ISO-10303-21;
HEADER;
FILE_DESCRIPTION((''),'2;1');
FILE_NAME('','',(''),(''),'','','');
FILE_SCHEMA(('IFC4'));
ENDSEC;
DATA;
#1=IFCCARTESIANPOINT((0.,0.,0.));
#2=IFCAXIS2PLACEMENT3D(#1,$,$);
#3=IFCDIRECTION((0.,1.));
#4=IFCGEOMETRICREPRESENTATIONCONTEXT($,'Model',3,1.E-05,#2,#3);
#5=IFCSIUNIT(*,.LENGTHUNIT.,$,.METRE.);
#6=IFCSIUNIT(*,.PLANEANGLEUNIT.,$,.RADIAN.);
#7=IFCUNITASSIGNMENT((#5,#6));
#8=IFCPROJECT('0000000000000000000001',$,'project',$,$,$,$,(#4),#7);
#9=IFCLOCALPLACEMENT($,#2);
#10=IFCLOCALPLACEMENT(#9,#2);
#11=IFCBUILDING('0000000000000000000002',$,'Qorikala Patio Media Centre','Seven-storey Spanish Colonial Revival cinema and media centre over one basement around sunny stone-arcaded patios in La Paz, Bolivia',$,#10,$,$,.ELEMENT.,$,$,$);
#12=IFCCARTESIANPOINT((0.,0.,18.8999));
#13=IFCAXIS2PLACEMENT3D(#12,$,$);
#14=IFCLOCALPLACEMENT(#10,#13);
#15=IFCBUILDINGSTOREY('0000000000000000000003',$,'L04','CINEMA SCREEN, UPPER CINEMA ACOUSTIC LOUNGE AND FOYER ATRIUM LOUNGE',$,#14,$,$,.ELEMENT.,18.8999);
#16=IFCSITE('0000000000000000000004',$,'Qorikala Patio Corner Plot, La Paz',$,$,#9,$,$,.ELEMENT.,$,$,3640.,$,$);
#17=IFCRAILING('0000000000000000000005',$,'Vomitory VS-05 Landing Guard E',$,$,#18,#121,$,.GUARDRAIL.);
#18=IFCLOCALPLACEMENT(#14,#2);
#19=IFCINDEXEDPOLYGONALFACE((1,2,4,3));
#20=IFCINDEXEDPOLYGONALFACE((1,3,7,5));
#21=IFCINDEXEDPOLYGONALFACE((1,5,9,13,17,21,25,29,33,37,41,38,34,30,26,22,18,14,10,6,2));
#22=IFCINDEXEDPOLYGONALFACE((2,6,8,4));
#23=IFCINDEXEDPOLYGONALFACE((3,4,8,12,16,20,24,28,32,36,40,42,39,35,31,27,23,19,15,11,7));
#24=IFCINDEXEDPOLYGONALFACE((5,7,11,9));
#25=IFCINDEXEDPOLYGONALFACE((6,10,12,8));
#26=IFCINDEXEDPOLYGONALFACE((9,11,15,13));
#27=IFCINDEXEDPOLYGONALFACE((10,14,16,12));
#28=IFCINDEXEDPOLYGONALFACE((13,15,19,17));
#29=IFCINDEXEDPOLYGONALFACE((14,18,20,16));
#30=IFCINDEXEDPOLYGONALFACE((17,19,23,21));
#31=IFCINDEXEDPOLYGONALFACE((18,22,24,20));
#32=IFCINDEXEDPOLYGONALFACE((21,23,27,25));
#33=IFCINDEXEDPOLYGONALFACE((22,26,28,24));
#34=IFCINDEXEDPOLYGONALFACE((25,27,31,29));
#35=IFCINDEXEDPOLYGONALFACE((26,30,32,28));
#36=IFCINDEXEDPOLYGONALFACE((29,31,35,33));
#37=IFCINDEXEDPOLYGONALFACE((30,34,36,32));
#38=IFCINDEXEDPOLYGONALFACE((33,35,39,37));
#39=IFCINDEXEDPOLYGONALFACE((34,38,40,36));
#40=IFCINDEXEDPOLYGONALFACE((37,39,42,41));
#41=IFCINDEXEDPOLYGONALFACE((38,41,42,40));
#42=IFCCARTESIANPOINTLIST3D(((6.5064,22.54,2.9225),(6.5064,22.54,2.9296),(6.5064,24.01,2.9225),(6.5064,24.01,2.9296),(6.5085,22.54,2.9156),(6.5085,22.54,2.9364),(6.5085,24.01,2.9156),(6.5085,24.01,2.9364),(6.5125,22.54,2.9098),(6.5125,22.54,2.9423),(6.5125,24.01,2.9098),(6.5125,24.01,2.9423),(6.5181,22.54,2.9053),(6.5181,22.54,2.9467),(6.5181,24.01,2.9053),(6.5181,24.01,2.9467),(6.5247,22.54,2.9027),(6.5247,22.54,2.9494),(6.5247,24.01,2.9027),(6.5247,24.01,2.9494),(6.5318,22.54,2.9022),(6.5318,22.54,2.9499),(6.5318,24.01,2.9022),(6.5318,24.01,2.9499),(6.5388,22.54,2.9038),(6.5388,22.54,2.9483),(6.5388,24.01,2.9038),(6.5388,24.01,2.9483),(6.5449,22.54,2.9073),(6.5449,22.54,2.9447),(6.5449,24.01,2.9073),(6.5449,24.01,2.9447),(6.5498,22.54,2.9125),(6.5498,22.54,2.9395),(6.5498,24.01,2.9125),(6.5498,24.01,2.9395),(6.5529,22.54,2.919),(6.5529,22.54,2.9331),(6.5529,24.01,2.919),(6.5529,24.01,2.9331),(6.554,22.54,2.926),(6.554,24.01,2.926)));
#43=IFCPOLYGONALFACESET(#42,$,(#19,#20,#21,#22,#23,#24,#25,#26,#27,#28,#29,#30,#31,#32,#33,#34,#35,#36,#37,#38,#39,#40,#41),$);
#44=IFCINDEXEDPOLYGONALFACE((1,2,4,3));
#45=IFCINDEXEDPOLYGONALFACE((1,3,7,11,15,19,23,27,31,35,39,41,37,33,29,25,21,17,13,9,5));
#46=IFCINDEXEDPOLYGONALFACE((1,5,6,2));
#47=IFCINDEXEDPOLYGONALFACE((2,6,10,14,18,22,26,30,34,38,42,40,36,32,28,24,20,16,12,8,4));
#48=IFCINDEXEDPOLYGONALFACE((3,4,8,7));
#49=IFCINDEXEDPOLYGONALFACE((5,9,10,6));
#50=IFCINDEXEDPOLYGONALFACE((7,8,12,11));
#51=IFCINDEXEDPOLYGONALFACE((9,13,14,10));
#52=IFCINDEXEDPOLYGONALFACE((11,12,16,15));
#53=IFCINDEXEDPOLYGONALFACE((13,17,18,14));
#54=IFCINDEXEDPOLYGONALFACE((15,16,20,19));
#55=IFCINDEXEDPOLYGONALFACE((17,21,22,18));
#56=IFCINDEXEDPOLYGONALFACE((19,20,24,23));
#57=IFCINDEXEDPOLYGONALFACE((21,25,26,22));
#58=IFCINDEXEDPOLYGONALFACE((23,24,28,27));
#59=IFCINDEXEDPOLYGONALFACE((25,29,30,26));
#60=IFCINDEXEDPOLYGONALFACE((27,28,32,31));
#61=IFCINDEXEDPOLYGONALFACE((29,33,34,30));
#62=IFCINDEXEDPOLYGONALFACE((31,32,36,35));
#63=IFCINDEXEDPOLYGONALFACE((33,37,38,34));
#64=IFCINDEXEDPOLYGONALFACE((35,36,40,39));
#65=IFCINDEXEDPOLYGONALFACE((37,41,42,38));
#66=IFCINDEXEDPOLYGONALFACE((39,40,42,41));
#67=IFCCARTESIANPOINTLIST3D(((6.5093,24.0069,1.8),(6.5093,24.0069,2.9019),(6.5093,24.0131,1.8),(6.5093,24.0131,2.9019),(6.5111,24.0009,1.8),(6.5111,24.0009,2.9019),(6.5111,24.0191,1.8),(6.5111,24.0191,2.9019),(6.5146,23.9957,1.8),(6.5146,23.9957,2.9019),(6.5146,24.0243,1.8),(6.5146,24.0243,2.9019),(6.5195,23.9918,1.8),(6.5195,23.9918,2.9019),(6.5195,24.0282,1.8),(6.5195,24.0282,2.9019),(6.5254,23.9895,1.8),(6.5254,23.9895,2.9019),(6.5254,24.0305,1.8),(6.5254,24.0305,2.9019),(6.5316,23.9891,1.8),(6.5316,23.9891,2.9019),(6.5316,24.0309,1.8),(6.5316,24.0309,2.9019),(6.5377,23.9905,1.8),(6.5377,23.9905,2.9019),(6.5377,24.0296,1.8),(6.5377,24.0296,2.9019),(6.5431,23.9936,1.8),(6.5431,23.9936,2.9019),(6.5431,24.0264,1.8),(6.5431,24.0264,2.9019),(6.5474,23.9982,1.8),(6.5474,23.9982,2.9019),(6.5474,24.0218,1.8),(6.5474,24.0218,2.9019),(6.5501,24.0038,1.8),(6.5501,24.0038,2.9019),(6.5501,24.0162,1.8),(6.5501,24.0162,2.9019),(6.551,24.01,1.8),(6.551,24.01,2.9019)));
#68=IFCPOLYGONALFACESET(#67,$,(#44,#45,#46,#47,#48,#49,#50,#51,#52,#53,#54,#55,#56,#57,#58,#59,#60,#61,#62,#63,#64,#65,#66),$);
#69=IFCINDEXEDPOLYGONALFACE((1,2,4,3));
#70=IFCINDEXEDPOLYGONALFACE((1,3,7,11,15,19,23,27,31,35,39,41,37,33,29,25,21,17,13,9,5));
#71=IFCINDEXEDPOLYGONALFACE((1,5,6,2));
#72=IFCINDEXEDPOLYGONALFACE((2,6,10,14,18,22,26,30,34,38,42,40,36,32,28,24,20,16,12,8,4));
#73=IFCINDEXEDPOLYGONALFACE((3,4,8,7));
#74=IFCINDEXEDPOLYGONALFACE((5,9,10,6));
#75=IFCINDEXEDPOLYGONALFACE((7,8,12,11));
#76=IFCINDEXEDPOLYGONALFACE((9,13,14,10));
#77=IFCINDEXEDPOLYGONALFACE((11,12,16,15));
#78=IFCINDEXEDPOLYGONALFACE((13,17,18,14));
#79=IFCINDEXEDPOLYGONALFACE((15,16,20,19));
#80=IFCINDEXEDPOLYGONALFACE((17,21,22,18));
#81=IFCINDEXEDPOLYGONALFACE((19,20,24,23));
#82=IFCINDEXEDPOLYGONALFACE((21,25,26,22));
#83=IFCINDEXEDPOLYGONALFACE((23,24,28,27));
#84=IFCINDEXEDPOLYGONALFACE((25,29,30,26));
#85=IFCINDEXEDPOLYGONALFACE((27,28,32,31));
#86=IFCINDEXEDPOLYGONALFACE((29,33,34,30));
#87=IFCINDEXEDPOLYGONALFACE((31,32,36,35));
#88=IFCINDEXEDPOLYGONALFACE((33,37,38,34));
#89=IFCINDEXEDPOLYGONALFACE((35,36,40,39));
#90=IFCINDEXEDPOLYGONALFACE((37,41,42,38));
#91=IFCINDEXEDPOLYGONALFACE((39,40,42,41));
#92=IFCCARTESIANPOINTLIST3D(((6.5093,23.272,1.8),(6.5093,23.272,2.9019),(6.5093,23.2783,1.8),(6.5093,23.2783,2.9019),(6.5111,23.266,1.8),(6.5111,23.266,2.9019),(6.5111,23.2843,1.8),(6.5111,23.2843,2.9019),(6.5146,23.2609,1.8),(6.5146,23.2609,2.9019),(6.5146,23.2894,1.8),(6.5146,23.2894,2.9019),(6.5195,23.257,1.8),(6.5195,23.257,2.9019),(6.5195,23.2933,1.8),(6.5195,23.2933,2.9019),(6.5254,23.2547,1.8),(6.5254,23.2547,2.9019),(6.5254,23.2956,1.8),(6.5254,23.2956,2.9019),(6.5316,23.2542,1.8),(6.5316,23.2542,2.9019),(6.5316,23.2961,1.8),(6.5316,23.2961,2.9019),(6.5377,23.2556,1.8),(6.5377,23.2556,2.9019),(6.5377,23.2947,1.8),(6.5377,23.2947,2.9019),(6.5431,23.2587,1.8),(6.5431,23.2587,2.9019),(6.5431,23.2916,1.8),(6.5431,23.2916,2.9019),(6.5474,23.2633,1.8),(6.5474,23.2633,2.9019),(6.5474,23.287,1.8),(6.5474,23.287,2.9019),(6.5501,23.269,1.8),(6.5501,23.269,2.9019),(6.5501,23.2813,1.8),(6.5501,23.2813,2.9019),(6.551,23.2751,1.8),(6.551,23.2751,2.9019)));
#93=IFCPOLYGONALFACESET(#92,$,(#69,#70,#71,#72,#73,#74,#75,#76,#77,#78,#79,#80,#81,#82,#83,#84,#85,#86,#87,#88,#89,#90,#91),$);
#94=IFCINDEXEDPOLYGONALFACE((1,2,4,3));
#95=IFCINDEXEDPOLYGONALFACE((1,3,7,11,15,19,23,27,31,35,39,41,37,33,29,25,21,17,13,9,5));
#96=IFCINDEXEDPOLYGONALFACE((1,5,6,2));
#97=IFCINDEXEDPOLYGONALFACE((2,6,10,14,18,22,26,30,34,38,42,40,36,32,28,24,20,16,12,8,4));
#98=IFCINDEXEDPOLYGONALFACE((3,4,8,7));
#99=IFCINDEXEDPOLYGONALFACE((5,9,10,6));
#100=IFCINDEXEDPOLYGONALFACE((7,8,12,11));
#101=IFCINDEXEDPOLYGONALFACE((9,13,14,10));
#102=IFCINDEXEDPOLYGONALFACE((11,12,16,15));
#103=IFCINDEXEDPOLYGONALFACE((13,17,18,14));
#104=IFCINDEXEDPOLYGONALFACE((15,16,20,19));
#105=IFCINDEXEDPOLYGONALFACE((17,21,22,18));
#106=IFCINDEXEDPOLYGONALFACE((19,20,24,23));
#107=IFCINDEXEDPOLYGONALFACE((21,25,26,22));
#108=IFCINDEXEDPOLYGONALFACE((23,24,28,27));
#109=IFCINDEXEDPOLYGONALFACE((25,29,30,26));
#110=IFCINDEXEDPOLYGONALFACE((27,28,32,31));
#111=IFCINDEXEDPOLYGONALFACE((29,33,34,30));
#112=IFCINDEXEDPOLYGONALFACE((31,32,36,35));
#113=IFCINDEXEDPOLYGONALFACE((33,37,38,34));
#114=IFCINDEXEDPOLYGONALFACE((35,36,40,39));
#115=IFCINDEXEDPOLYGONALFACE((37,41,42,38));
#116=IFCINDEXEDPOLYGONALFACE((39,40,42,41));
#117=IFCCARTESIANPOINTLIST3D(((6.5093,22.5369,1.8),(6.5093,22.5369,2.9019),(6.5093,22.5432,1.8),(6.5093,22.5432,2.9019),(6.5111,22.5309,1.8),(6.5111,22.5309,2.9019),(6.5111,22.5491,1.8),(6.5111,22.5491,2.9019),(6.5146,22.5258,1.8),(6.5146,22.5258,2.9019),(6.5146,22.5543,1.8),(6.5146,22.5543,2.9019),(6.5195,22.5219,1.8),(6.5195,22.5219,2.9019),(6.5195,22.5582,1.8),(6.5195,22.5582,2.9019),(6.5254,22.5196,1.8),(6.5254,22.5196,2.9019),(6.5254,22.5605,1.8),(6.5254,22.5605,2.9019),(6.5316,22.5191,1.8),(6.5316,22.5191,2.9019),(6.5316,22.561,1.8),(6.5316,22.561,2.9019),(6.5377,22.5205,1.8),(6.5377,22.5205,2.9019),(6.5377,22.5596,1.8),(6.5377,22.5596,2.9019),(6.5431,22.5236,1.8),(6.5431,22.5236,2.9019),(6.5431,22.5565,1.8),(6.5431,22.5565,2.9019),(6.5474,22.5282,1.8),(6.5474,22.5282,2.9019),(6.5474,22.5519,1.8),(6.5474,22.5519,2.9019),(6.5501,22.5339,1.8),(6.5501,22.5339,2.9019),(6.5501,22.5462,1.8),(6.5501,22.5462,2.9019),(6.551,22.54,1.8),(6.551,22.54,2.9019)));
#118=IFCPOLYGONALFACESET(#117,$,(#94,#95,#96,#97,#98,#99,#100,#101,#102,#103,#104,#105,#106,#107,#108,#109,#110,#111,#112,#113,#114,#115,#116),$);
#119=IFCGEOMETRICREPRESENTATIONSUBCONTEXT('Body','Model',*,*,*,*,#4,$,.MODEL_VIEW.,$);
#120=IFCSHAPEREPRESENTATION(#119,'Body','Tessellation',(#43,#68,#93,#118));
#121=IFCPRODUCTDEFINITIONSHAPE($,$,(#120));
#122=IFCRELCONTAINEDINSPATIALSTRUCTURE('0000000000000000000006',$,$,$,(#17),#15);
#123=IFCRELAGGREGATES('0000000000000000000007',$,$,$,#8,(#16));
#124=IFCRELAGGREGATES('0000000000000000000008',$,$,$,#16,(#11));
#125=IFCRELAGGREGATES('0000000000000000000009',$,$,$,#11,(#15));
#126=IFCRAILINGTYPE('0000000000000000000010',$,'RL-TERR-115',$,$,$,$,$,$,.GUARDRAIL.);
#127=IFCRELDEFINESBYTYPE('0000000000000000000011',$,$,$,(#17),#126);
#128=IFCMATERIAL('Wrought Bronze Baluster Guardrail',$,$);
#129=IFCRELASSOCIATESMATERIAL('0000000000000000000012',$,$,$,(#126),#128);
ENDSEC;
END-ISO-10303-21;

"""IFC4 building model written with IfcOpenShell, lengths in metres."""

from ifc_helpers import new_model, si_unit, direction, frame, origin, origin_2d, place, context, subcontext, project, spatial, circle, extrude, material, type_object, element, save


model = new_model("IFC4")

# Units and contexts
model_context = context("Model", 3, precision=1e-05, world=origin(), true_north=direction((0.0, 1.0)))
body_context = subcontext(model_context, "Body", "Model", "MODEL_VIEW")
ifc_project = project(units=[si_unit("LENGTHUNIT", "METRE"), si_unit("PLANEANGLEUNIT", "RADIAN")], contexts=[model_context])

# Site, building, storey
site_placement = place(None, origin())
site = spatial("IfcSite", under=ifc_project, at=site_placement, Name="Qorikala Patio Corner Plot, La Paz", CompositionType="ELEMENT", RefElevation=3640.0)
building_placement = place(site_placement, origin())
building = spatial("IfcBuilding", under=site, at=building_placement, Name="Qorikala Patio Media Centre", Description="Seven-storey Spanish Colonial Revival cinema and media centre over one basement around sunny stone-arcaded patios in La Paz, Bolivia", CompositionType="ELEMENT")
storey_placement = place(building_placement, frame((0.0, 0.0, 18.8999)))
storey = spatial("IfcBuildingStorey", under=building, at=storey_placement, Name="L04", Description="CINEMA SCREEN, UPPER CINEMA ACOUSTIC LOUNGE AND FOYER ATRIUM LOUNGE", CompositionType="ELEMENT", Elevation=18.8999)

# Railing
ifc_material_1 = material(Name="Wrought Bronze Baluster Guardrail")
railing_type = type_object("IfcRailingType", Name="RL-TERR-115", PredefinedType="GUARDRAIL", material=ifc_material_1)
railing_1_placement = place(storey_placement, frame((6.53, 24.01, 1.8)))
element("IfcRailing", 1, at=railing_1_placement, inside=storey, type_object=railing_type, Name="Vomitory VS-05 Landing Guard E", PredefinedType="GUARDRAIL", context=body_context, shape_type="SweptSolid", body=[
    extrude(circle(Radius=0.0239, at=origin_2d()), frame((0.0, 0.0, 1.126), z_axis=(0.0, -1.0, 0.0), x_axis=(1.0, 0.0, 0.0)), (0.0, 0.0, 1.0), 1.47),
    extrude(circle(Radius=0.021, at=origin_2d()), origin(), (0.0, 0.0, 1.0), 1.1018),
    extrude(circle(Radius=0.021, at=origin_2d()), frame((0.0, -0.7349, 0.0)), (0.0, 0.0, 1.0), 1.1018),
    extrude(circle(Radius=0.021, at=origin_2d()), frame((0.0, -1.47, 0.0)), (0.0, 0.0, 1.0), 1.1018),
])

save(model, "model.ifc")
